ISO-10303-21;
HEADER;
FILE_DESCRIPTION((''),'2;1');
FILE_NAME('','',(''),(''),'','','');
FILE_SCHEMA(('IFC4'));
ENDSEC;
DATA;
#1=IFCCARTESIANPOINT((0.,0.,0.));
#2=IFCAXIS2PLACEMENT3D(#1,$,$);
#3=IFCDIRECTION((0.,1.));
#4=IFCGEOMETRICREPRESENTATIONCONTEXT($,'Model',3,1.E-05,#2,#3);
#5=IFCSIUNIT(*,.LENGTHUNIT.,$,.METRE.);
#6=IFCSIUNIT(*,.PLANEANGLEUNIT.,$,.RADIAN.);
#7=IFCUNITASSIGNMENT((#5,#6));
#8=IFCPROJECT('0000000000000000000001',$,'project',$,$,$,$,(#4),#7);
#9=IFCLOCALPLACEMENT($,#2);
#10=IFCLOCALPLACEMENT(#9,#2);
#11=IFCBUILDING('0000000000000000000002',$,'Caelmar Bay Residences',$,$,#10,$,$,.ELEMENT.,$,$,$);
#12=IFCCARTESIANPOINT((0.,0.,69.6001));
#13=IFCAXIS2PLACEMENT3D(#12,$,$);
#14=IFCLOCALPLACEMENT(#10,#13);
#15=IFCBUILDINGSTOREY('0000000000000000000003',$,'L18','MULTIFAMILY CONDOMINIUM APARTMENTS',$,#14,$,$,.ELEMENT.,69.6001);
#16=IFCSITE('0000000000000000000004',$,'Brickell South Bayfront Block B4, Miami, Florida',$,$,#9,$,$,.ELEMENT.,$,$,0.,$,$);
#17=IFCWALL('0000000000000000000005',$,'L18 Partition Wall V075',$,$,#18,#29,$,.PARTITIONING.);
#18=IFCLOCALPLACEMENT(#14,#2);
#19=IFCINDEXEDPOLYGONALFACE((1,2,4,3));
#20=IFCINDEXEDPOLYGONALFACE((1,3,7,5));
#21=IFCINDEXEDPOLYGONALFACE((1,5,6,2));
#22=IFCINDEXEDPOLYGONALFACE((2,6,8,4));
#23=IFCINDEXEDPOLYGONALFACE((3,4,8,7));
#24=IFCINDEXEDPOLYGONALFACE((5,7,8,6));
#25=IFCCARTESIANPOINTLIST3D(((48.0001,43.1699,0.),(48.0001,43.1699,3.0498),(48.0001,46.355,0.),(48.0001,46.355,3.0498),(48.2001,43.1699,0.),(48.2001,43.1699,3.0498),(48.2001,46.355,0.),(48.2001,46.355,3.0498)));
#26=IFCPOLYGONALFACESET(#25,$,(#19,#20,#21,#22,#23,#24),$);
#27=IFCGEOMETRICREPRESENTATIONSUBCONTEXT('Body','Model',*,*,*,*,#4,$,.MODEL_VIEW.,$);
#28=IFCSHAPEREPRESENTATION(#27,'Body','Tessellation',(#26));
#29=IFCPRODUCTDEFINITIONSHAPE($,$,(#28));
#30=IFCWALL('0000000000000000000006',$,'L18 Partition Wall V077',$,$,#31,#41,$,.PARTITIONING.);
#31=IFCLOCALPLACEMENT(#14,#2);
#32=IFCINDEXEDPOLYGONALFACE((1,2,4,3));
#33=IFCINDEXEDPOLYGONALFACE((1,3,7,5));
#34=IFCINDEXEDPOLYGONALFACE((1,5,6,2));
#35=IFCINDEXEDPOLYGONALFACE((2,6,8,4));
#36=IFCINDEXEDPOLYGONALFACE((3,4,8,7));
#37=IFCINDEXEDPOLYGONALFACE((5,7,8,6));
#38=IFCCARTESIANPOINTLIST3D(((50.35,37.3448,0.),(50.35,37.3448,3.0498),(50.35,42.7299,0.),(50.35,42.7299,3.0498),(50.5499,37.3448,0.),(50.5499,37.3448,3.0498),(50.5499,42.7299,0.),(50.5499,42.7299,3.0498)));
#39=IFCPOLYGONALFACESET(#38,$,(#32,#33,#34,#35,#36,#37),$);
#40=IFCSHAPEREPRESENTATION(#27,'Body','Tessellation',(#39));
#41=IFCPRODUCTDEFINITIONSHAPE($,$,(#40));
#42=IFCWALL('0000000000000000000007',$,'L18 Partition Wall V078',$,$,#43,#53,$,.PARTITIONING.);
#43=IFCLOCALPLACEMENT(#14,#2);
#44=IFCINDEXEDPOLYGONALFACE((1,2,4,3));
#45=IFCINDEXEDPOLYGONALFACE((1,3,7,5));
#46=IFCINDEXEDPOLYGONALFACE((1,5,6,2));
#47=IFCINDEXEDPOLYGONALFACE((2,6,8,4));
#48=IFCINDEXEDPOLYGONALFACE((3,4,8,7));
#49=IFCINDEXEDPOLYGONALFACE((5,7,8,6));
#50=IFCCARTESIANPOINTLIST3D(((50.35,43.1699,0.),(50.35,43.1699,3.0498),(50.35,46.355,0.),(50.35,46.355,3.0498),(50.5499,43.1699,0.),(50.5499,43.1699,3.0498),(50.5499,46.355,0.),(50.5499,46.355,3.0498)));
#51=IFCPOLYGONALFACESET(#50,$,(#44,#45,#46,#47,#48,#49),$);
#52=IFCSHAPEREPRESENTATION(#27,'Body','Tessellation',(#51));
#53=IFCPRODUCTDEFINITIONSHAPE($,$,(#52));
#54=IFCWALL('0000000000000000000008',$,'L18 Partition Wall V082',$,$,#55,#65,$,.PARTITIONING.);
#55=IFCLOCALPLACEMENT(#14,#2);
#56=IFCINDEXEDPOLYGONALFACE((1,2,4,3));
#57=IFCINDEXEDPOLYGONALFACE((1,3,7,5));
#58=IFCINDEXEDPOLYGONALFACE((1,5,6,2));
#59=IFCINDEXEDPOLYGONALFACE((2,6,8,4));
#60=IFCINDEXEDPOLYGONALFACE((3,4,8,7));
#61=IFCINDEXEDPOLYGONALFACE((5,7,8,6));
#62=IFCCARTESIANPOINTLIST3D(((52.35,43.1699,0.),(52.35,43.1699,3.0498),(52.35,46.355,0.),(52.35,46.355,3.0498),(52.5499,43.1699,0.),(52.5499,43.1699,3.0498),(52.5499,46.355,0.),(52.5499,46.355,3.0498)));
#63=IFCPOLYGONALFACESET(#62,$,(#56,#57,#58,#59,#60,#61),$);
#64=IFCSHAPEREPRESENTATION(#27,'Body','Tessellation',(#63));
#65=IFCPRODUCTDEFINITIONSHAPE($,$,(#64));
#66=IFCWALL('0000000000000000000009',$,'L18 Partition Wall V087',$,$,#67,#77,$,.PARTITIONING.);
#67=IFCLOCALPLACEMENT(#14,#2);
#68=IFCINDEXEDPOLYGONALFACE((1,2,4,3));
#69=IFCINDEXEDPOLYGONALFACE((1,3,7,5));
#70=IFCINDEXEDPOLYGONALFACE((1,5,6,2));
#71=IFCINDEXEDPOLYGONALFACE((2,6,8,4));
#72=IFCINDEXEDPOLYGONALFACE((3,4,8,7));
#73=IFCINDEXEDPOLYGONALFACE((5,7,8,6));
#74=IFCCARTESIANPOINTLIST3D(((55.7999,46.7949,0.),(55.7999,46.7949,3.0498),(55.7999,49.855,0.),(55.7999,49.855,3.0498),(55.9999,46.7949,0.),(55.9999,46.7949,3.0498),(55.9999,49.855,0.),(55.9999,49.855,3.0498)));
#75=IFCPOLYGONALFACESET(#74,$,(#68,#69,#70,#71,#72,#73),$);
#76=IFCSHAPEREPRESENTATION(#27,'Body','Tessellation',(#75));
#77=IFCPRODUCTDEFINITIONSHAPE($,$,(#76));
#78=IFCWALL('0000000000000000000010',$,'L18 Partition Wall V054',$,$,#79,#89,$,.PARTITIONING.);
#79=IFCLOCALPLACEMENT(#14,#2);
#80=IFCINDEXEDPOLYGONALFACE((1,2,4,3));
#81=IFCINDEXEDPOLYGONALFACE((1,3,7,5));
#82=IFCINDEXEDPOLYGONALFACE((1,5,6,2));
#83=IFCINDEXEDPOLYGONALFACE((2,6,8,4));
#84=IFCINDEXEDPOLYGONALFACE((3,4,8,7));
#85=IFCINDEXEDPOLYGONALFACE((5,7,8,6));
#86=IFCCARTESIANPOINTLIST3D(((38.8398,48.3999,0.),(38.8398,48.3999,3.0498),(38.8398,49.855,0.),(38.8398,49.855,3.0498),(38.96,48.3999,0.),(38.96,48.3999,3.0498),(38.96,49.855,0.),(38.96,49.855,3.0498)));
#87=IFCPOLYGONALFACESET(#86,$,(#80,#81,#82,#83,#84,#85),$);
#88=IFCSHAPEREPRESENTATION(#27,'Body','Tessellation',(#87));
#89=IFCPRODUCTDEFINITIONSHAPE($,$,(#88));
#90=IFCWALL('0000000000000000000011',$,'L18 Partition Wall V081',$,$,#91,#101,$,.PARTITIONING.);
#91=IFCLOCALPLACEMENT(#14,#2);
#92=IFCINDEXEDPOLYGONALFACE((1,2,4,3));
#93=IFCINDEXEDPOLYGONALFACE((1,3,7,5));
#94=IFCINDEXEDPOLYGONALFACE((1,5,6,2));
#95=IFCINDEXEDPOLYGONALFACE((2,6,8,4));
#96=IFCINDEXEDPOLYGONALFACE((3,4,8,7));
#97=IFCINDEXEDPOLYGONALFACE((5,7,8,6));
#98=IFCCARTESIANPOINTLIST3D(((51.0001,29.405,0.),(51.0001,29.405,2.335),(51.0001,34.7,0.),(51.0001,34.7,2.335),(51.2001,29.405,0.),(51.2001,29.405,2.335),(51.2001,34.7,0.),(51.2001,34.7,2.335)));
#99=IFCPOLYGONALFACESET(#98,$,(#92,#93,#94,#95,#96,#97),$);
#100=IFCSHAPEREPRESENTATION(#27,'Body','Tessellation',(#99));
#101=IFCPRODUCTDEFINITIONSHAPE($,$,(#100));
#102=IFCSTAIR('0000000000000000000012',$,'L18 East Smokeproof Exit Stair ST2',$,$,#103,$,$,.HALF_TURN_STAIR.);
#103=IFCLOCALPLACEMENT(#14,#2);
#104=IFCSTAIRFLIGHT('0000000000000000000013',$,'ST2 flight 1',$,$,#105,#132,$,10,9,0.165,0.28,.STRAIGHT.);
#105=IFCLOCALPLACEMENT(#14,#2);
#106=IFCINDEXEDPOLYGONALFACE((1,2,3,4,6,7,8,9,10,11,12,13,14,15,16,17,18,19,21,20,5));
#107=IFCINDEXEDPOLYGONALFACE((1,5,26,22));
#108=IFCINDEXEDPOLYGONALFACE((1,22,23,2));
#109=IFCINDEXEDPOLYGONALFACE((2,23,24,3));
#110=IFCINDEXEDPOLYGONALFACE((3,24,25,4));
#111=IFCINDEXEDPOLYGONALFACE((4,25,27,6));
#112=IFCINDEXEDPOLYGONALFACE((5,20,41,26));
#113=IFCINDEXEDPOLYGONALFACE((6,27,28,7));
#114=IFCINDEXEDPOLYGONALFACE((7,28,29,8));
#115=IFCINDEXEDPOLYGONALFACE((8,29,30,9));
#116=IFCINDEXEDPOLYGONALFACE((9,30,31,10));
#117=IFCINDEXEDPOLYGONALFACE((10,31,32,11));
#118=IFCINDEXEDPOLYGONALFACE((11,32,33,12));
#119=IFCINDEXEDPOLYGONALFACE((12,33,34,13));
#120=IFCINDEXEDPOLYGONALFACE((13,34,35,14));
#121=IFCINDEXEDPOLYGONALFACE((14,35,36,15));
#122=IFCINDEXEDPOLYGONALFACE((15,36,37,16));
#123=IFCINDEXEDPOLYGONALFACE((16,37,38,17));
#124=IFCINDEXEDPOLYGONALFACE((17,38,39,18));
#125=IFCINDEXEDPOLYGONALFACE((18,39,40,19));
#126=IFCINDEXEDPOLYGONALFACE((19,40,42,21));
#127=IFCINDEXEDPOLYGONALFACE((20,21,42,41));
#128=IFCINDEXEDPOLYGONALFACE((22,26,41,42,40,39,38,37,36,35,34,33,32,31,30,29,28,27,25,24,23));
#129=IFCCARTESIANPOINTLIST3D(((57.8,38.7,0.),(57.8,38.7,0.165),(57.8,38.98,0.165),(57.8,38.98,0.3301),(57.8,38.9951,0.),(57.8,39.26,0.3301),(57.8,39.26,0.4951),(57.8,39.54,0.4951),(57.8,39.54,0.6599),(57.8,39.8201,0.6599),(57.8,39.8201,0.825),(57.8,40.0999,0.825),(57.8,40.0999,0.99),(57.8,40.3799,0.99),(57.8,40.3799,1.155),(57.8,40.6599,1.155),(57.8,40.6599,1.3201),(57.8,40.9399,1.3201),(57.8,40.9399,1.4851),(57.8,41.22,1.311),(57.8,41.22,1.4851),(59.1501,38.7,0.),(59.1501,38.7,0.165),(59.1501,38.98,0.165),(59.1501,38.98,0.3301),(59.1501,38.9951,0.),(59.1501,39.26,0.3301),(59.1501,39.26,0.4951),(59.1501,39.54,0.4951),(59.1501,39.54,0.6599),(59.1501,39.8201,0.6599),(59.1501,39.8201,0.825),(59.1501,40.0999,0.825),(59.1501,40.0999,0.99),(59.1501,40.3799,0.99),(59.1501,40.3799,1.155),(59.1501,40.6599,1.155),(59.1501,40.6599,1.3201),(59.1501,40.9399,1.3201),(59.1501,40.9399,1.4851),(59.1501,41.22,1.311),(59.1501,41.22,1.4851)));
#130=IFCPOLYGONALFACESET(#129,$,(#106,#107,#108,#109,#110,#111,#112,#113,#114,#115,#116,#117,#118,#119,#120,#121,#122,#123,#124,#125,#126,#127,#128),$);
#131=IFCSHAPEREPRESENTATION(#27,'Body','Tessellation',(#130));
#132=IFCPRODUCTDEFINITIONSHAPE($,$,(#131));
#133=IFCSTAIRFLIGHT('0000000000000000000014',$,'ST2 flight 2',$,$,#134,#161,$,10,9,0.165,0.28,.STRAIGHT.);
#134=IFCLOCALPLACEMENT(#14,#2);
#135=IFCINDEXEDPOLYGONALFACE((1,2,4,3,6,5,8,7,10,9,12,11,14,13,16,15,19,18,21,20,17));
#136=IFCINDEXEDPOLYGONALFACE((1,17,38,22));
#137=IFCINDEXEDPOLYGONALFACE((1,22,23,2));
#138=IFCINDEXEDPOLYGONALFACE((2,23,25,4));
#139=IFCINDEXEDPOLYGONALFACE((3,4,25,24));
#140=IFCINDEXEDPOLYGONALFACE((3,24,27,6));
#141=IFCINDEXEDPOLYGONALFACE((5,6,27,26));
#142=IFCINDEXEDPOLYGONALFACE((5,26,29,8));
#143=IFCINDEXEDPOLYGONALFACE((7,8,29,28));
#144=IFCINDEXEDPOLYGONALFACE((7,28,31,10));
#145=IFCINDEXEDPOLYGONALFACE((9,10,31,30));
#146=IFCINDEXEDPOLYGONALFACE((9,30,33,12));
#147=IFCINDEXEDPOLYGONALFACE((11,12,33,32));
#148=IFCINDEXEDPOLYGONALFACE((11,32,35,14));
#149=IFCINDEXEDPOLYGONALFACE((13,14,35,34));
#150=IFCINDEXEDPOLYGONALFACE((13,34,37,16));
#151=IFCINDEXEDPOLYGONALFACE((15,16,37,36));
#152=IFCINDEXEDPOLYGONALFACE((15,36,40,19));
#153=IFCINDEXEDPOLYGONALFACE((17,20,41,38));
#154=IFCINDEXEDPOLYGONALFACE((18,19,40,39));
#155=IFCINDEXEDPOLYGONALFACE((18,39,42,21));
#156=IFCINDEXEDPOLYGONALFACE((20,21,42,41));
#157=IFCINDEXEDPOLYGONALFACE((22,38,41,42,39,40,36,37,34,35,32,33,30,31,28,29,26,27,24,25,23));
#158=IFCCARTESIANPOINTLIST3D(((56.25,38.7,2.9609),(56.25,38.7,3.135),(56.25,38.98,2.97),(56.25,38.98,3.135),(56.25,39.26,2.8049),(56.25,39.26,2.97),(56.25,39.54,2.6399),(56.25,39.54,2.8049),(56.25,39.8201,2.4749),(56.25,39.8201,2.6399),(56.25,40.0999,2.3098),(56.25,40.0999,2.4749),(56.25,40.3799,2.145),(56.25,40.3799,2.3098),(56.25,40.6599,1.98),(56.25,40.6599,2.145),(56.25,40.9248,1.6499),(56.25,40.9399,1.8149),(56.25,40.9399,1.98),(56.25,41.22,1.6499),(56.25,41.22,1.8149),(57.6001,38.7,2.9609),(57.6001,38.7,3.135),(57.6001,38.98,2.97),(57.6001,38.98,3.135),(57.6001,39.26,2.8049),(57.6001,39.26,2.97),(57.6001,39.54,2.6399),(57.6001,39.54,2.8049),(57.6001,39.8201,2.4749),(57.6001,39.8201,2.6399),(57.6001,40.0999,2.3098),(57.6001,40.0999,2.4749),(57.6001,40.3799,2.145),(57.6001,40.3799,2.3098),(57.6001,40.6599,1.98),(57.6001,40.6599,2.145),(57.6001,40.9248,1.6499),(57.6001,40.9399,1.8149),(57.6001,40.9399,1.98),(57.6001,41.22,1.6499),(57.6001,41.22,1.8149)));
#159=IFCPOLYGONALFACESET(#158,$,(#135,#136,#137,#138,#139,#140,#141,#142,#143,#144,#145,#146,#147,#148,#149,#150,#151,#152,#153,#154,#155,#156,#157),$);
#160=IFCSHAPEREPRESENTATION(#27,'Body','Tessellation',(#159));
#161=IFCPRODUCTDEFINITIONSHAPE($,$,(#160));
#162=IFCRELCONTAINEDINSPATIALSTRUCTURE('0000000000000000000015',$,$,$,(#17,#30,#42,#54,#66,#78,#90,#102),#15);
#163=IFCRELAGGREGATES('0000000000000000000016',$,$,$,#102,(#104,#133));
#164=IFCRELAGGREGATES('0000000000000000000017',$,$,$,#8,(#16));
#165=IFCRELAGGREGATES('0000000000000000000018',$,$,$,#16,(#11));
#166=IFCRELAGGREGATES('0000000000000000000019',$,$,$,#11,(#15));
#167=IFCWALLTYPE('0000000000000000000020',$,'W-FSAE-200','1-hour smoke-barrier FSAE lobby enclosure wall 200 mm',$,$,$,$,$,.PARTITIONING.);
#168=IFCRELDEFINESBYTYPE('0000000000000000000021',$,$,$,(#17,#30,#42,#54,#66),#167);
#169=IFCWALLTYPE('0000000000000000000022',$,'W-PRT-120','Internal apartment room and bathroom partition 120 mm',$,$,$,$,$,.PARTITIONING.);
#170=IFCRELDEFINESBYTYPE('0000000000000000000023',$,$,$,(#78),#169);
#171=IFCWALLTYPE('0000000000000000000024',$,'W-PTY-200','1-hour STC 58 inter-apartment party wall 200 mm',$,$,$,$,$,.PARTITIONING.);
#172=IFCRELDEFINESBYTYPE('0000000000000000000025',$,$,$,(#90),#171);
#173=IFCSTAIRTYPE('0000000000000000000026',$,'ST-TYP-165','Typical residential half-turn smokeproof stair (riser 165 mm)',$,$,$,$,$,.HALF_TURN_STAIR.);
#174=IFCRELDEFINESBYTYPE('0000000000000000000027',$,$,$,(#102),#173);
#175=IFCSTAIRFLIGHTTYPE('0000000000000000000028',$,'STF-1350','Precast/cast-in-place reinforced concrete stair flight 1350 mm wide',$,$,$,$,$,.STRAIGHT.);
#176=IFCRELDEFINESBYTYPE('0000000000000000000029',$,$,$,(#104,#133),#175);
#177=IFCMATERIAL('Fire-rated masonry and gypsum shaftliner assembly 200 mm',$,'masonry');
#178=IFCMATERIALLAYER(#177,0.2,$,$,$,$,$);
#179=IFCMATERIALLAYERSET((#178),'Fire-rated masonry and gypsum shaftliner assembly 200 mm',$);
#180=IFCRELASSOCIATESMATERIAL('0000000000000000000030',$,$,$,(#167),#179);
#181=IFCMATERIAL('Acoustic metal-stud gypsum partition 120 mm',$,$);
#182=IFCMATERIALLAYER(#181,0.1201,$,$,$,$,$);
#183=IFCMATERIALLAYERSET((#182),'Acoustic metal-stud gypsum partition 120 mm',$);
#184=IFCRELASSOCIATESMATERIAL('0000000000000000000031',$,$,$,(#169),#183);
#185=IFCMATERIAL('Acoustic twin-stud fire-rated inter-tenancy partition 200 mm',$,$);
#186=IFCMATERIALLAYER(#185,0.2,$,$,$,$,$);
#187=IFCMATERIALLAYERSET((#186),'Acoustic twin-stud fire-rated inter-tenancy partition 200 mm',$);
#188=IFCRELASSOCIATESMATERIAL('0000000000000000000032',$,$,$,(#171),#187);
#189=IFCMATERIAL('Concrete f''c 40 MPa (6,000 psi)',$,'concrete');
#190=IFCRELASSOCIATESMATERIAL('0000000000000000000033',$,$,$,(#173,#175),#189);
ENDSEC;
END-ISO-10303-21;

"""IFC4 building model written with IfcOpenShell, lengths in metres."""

from ifc_helpers import new_model, si_unit, direction, frame, frame_2d, origin, place, context, subcontext, project, spatial, polyline, rectangle, outline, extrude, material, layer, layer_set, type_object, element, aggregate, save


model = new_model("IFC4")

# Units and contexts
model_context = context("Model", 3, precision=1e-05, world=origin(), true_north=direction((0.0, 1.0)))
body_context = subcontext(model_context, "Body", "Model", "MODEL_VIEW")
ifc_project = project(units=[si_unit("LENGTHUNIT", "METRE"), si_unit("PLANEANGLEUNIT", "RADIAN")], contexts=[model_context])

# Site, building, storey
site_placement = place(None, origin())
site = spatial("IfcSite", under=ifc_project, at=site_placement, Name="Brickell South Bayfront Block B4, Miami, Florida", CompositionType="ELEMENT", RefElevation=0.0)
building_placement = place(site_placement, origin())
building = spatial("IfcBuilding", under=site, at=building_placement, Name="Caelmar Bay Residences", CompositionType="ELEMENT")
storey_placement = place(building_placement, frame((0.0, 0.0, 69.6001)))
storey = spatial("IfcBuildingStorey", under=building, at=storey_placement, Name="L18", Description="MULTIFAMILY CONDOMINIUM APARTMENTS", CompositionType="ELEMENT", Elevation=69.6001)

# Walls
ifc_material_1 = material(Name="Fire-rated masonry and gypsum shaftliner assembly 200 mm", Category="masonry")
ifc_layer_1 = layer(ifc_material_1, 0.2)
ifc_layer_set_1 = layer_set([ifc_layer_1], Name="Fire-rated masonry and gypsum shaftliner assembly 200 mm")
wall_type_1 = type_object("IfcWallType", Name="W-FSAE-200", Description="1-hour smoke-barrier FSAE lobby enclosure wall 200 mm", PredefinedType="PARTITIONING", material=ifc_layer_set_1)
for number, where, z_axis, x_axis, name in (
    (1, (48.1001, 43.1699, 0.0), (0.0, 0.0, 1.0), (0.0, 1.0, 0.0), "L18 Partition Wall V075"),
):
    element("IfcWall", number, at=place(storey_placement, frame(where, z_axis=z_axis, x_axis=x_axis)), inside=storey, type_object=wall_type_1, Name=name, PredefinedType="PARTITIONING", context=body_context, shape_type="SweptSolid", body=[
        extrude(rectangle(XDim=3.1851, YDim=0.2, at=frame_2d((1.5925, 0.0))), origin(), (0.0, 0.0, 1.0), 3.0498),
    ])
wall_1_placement = place(storey_placement, frame((50.45, 37.345, 0.0), z_axis=(0.0, 0.0, 1.0), x_axis=(0.0, 1.0, 0.0)))
element("IfcWall", 2, at=wall_1_placement, inside=storey, type_object=wall_type_1, Name="L18 Partition Wall V077", PredefinedType="PARTITIONING", context=body_context, shape_type="SweptSolid", body=[
    extrude(rectangle(XDim=5.385, YDim=0.2, at=frame_2d((2.6924, 0.0))), origin(), (0.0, 0.0, 1.0), 3.0498),
])
for number, where, z_axis, x_axis, name in (
    (3, (50.45, 43.1699, 0.0), (0.0, 0.0, 1.0), (0.0, 1.0, 0.0), "L18 Partition Wall V078"),
    (4, (52.45, 43.1699, 0.0), (0.0, 0.0, 1.0), (0.0, 1.0, 0.0), "L18 Partition Wall V082"),
):
    element("IfcWall", number, at=place(storey_placement, frame(where, z_axis=z_axis, x_axis=x_axis)), inside=storey, type_object=wall_type_1, Name=name, PredefinedType="PARTITIONING", context=body_context, shape_type="SweptSolid", body=[
        extrude(rectangle(XDim=3.1851, YDim=0.2, at=frame_2d((1.5925, 0.0))), origin(), (0.0, 0.0, 1.0), 3.0498),
    ])
wall_2_placement = place(storey_placement, frame((55.8999, 46.7949, 0.0), z_axis=(0.0, 0.0, 1.0), x_axis=(0.0, 1.0, 0.0)))
element("IfcWall", 5, at=wall_2_placement, inside=storey, type_object=wall_type_1, Name="L18 Partition Wall V087", PredefinedType="PARTITIONING", context=body_context, shape_type="SweptSolid", body=[
    extrude(rectangle(XDim=3.0601, YDim=0.2, at=frame_2d((1.53, 0.0))), origin(), (0.0, 0.0, 1.0), 3.0498),
])
ifc_material_2 = material(Name="Acoustic metal-stud gypsum partition 120 mm")
ifc_layer_2 = layer(ifc_material_2, 0.1201)
ifc_layer_set_2 = layer_set([ifc_layer_2], Name="Acoustic metal-stud gypsum partition 120 mm")
wall_type_2 = type_object("IfcWallType", Name="W-PRT-120", Description="Internal apartment room and bathroom partition 120 mm", PredefinedType="PARTITIONING", material=ifc_layer_set_2)
wall_3_placement = place(storey_placement, frame((38.8999, 48.3999, 0.0), z_axis=(0.0, 0.0, 1.0), x_axis=(0.0, 1.0, 0.0)))
element("IfcWall", 6, at=wall_3_placement, inside=storey, type_object=wall_type_2, Name="L18 Partition Wall V054", PredefinedType="PARTITIONING", context=body_context, shape_type="SweptSolid", body=[
    extrude(rectangle(XDim=1.4551, YDim=0.1201, at=frame_2d((0.7275, 0.0))), origin(), (0.0, 0.0, 1.0), 3.0498),
])
ifc_material_3 = material(Name="Acoustic twin-stud fire-rated inter-tenancy partition 200 mm")
ifc_layer_3 = layer(ifc_material_3, 0.2)
ifc_layer_set_3 = layer_set([ifc_layer_3], Name="Acoustic twin-stud fire-rated inter-tenancy partition 200 mm")
wall_type_3 = type_object("IfcWallType", Name="W-PTY-200", Description="1-hour STC 58 inter-apartment party wall 200 mm", PredefinedType="PARTITIONING", material=ifc_layer_set_3)
wall_4_placement = place(storey_placement, frame((51.1001, 29.405, 0.0), z_axis=(0.0, 0.0, 1.0), x_axis=(0.0, 1.0, 0.0)))
element("IfcWall", 7, at=wall_4_placement, inside=storey, type_object=wall_type_3, Name="L18 Partition Wall V081", PredefinedType="PARTITIONING", context=body_context, shape_type="SweptSolid", body=[
    extrude(rectangle(XDim=5.2949, YDim=0.2, at=frame_2d((2.6475, 0.0))), origin(), (0.0, 0.0, 1.0), 2.335),
])

# Stair, stair flights
ifc_material_4 = material(Name="Concrete f'c 40 MPa (6,000 psi)", Category="concrete")
stair_type = type_object("IfcStairType", Name="ST-TYP-165", Description="Typical residential half-turn smokeproof stair (riser 165 mm)", PredefinedType="HALF_TURN_STAIR", material=ifc_material_4)
stair_placement = place(storey_placement, origin())
stair = element("IfcStair", 8, at=stair_placement, inside=storey, type_object=stair_type, Name="L18 East Smokeproof Exit Stair ST2", PredefinedType="HALF_TURN_STAIR")
stair_flight_type = type_object("IfcStairFlightType", Name="STF-1350", Description="Precast/cast-in-place reinforced concrete stair flight 1350 mm wide", PredefinedType="STRAIGHT", material=ifc_material_4)
stair_flight_1_placement = place(storey_placement, frame((58.4751, 38.7, 0.0), z_axis=(0.0, 0.0, 1.0), x_axis=(0.0, 1.0, 0.0)))
stair_flight_1 = element("IfcStairFlight", 9, at=stair_flight_1_placement, type_object=stair_flight_type, Name="ST2 flight 1", NumberOfRisers=10, NumberOfTreads=9, PredefinedType="STRAIGHT", RiserHeight=0.165, TreadLength=0.28, context=body_context, shape_type="SweptSolid", body=[
    extrude(outline(polyline([(0.0, 0.0), (0.0, 0.165), (0.28, 0.165), (0.28, 0.3301), (0.5601, 0.3301), (0.5601, 0.4951), (0.8401, 0.4951), (0.8401, 0.6599), (1.1201, 0.6599), (1.1201, 0.825), (1.3999, 0.825), (1.3999, 0.99), (1.6799, 0.99), (1.6799, 1.155), (1.96, 1.155), (1.96, 1.3201), (2.24, 1.3201), (2.24, 1.4851), (2.52, 1.4851), (2.52, 1.6499), (2.52, 1.311), (0.2952, 0.0), (0.0, 0.0)])), frame((0.0, 0.675, 0.0), z_axis=(0.0, -1.0, 0.0), x_axis=(1.0, 0.0, 0.0)), (0.0, 0.0, 1.0), 1.3501),
])
stair_flight_2_placement = place(storey_placement, frame((56.925, 41.22, 1.6499), z_axis=(0.0, 0.0, 1.0), x_axis=(0.0, -1.0, 0.0)))
stair_flight_2 = element("IfcStairFlight", 10, at=stair_flight_2_placement, type_object=stair_flight_type, Name="ST2 flight 2", NumberOfRisers=10, NumberOfTreads=9, PredefinedType="STRAIGHT", RiserHeight=0.165, TreadLength=0.28, context=body_context, shape_type="SweptSolid", body=[
    extrude(outline(polyline([(0.0, 0.0), (0.0, 0.165), (0.28, 0.165), (0.28, 0.3301), (0.5601, 0.3301), (0.5601, 0.4951), (0.8401, 0.4951), (0.8401, 0.6599), (1.1201, 0.6599), (1.1201, 0.825), (1.3999, 0.825), (1.3999, 0.99), (1.6799, 0.99), (1.6799, 1.155), (1.96, 1.155), (1.96, 1.3201), (2.24, 1.3201), (2.24, 1.4851), (2.52, 1.4851), (2.52, 1.6499), (2.52, 1.311), (0.2952, 0.0), (0.0, 0.0)])), frame((0.0, 0.675, 0.0), z_axis=(0.0, -1.0, 0.0), x_axis=(1.0, 0.0, 0.0)), (0.0, 0.0, 1.0), 1.3501),
])
aggregate(stair, [stair_flight_1, stair_flight_2])

save(model, "model.ifc")
